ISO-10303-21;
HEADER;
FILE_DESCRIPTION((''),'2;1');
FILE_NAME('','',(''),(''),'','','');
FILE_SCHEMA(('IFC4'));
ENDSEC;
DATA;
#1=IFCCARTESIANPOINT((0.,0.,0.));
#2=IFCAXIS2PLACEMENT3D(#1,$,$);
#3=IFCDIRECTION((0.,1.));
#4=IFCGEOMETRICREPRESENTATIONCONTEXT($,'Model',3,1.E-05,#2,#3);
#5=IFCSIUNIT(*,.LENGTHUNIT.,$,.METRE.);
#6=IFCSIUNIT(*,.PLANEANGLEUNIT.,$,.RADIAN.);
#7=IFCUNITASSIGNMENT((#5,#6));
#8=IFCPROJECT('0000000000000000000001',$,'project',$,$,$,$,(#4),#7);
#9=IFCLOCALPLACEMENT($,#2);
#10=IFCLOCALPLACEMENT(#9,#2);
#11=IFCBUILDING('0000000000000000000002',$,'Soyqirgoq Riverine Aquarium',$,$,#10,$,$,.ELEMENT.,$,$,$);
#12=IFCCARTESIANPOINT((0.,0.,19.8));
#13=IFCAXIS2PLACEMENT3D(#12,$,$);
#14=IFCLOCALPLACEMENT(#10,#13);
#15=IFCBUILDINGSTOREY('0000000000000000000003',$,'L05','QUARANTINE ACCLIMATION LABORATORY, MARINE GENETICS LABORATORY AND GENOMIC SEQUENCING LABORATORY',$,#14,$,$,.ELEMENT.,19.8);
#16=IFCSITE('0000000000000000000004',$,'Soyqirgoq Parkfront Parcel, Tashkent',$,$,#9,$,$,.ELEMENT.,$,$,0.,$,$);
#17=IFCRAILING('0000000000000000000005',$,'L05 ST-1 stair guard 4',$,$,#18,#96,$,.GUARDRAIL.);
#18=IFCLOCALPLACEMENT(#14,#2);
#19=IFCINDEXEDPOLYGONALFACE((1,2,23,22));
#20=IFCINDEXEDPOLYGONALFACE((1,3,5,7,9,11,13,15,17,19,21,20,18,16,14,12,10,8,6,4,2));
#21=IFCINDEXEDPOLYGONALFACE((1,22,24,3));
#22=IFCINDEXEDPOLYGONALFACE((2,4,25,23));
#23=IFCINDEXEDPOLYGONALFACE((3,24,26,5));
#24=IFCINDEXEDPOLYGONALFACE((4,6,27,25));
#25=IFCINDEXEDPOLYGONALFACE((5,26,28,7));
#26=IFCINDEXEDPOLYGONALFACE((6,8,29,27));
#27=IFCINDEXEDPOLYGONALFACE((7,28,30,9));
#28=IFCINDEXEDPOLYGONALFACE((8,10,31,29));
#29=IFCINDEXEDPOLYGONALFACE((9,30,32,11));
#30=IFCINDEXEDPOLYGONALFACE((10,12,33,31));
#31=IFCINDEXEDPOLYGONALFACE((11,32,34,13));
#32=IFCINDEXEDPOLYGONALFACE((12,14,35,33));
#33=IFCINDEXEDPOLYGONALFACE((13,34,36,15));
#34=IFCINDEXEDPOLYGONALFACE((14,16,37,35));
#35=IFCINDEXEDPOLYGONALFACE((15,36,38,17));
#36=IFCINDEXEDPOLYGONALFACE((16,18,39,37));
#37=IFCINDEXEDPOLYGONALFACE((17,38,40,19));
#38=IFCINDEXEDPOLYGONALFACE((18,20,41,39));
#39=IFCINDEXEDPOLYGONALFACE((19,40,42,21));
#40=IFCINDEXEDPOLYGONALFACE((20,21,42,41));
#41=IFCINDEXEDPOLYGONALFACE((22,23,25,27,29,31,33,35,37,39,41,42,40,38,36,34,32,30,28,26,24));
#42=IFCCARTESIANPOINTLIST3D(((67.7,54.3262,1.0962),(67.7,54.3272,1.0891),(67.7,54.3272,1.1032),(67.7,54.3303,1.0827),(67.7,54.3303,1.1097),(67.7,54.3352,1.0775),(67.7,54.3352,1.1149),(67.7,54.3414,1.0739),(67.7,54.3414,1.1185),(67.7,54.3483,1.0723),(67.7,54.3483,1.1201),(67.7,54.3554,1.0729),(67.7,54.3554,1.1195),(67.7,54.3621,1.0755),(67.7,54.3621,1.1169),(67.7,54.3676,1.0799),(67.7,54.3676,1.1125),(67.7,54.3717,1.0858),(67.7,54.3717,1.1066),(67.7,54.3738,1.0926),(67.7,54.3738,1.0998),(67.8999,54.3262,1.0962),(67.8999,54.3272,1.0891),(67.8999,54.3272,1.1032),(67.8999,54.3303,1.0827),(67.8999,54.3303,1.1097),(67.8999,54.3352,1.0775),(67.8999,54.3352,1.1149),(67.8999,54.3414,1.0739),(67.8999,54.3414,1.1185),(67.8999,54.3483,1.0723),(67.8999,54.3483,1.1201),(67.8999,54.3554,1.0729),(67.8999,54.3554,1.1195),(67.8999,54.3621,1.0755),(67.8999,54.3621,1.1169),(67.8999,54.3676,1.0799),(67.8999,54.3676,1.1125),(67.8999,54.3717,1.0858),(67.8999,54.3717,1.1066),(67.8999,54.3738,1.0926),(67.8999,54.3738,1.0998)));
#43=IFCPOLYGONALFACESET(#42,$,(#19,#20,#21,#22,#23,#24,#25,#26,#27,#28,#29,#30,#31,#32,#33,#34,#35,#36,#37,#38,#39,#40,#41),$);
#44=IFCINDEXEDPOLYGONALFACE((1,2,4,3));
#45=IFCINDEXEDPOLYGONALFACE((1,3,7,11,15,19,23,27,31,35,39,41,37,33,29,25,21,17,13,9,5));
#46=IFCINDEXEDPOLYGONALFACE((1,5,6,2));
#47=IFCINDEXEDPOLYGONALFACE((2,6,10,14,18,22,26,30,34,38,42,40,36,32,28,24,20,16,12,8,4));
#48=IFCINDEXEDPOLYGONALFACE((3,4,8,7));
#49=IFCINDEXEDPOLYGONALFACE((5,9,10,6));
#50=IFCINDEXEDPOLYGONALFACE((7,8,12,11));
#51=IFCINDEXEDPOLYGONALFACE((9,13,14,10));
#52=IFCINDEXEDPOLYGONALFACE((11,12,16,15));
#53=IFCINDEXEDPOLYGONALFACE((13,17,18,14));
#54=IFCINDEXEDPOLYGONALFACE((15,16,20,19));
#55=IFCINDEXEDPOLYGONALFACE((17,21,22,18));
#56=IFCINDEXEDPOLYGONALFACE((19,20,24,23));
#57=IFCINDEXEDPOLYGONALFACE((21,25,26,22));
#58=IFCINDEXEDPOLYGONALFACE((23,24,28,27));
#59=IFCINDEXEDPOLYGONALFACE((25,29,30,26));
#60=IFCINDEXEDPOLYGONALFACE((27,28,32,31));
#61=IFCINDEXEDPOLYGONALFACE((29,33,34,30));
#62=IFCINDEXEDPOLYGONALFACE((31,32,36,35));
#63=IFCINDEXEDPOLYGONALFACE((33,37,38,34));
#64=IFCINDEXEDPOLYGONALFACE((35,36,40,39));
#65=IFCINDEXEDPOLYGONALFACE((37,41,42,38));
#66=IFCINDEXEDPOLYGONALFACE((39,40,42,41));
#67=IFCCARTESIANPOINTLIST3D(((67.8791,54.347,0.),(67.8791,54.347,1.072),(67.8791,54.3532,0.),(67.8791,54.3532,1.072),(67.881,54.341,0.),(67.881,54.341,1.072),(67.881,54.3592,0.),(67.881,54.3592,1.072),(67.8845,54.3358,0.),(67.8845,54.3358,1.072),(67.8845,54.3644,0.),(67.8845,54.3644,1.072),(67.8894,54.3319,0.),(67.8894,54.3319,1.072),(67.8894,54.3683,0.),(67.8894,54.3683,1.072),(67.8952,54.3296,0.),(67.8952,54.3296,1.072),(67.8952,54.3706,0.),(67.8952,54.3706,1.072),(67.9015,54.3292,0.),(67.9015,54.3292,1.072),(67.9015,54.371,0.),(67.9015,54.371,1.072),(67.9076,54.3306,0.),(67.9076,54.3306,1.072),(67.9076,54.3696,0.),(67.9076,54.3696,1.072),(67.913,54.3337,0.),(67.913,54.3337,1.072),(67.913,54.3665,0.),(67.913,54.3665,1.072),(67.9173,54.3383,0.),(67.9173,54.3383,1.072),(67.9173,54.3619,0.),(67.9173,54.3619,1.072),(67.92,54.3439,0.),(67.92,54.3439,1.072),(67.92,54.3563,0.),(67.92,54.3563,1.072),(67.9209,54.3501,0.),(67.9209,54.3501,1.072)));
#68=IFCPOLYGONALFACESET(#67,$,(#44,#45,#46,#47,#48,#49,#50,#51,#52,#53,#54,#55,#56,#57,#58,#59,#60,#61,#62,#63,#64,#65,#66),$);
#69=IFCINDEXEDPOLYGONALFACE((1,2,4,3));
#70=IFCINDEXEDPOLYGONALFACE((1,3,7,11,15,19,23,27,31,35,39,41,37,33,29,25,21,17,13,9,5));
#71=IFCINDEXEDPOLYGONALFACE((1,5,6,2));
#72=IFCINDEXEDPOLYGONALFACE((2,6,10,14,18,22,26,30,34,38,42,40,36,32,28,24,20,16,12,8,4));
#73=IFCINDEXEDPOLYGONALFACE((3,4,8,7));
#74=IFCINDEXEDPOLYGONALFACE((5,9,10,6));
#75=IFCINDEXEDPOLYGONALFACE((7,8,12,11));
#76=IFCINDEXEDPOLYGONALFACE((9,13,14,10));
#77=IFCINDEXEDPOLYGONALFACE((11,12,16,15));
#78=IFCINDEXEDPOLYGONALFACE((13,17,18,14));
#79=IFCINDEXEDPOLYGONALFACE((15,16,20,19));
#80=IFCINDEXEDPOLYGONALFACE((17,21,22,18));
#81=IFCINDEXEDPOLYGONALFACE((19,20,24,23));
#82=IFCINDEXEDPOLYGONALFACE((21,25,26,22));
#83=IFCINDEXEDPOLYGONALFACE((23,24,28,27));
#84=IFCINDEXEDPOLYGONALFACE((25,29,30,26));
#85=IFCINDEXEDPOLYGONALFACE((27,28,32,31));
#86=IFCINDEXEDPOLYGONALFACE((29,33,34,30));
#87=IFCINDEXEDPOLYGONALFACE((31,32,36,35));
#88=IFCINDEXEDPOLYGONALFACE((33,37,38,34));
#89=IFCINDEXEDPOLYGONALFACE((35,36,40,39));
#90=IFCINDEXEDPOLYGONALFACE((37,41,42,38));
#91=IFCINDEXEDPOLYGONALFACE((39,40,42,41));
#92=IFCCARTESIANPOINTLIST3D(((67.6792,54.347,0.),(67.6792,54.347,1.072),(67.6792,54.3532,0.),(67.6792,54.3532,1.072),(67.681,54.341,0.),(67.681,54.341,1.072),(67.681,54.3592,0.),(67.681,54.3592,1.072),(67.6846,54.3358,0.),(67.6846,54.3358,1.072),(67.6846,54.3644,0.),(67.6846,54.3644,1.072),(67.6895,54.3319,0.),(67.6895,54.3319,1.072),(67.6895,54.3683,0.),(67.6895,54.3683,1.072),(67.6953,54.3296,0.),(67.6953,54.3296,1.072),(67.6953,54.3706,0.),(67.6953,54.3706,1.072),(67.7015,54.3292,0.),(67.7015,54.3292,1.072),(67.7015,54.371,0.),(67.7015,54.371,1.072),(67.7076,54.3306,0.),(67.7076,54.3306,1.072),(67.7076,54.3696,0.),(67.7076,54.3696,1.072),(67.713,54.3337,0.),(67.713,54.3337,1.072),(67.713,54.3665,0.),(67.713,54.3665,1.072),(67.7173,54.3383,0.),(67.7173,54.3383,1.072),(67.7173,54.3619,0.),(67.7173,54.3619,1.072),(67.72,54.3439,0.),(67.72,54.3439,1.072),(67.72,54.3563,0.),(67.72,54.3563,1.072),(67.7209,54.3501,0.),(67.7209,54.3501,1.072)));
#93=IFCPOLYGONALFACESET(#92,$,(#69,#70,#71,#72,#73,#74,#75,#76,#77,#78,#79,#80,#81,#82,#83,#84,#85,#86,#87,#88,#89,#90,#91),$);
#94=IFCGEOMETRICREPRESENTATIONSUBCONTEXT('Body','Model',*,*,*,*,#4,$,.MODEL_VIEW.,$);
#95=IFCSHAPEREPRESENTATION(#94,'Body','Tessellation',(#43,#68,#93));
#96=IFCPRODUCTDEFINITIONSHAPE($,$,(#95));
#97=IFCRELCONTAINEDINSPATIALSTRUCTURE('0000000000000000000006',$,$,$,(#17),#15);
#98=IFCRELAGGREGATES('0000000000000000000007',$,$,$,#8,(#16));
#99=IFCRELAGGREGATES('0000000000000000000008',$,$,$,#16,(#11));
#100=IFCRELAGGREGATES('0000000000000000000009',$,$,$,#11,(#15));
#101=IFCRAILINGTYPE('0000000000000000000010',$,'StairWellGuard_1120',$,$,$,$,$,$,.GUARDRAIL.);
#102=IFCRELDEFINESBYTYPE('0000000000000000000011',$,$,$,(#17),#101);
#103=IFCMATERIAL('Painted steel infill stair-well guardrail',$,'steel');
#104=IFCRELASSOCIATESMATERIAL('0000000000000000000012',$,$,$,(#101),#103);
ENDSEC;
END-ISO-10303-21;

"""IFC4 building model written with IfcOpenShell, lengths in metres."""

from ifc_helpers import new_model, si_unit, direction, frame, origin, origin_2d, place, context, subcontext, project, spatial, circle, extrude, material, type_object, element, save


model = new_model("IFC4")

# Units and contexts
model_context = context("Model", 3, precision=1e-05, world=origin(), true_north=direction((0.0, 1.0)))
body_context = subcontext(model_context, "Body", "Model", "MODEL_VIEW")
ifc_project = project(units=[si_unit("LENGTHUNIT", "METRE"), si_unit("PLANEANGLEUNIT", "RADIAN")], contexts=[model_context])

# Site, building, storey
site_placement = place(None, origin())
site = spatial("IfcSite", under=ifc_project, at=site_placement, Name="Soyqirgoq Parkfront Parcel, Tashkent", CompositionType="ELEMENT", RefElevation=0.0)
building_placement = place(site_placement, origin())
building = spatial("IfcBuilding", under=site, at=building_placement, Name="Soyqirgoq Riverine Aquarium", CompositionType="ELEMENT")
storey_placement = place(building_placement, frame((0.0, 0.0, 19.8)))
storey = spatial("IfcBuildingStorey", under=building, at=storey_placement, Name="L05", Description="QUARANTINE ACCLIMATION LABORATORY, MARINE GENETICS LABORATORY AND GENOMIC SEQUENCING LABORATORY", CompositionType="ELEMENT", Elevation=19.8)

# Railing
ifc_material_1 = material(Name="Painted steel infill stair-well guardrail", Category="steel")
railing_type_1 = type_object("IfcRailingType", Name="StairWellGuard_1120", PredefinedType="GUARDRAIL", material=ifc_material_1)
railing_1_placement = place(storey_placement, frame((67.8999, 54.3501, 0.0)))
element("IfcRailing", 1, at=railing_1_placement, inside=storey, type_object=railing_type_1, Name="L05 ST-1 stair guard 4", PredefinedType="GUARDRAIL", context=body_context, shape_type="SweptSolid", body=[
    extrude(circle(Radius=0.0239, at=origin_2d()), frame((0.0, 0.0, 1.0962), z_axis=(-1.0, 0.0, 0.0), x_axis=(0.0, -1.0, 0.0)), (0.0, 0.0, 1.0), 0.2),
    extrude(circle(Radius=0.021, at=origin_2d()), origin(), (0.0, 0.0, 1.0), 1.072),
    extrude(circle(Radius=0.021, at=origin_2d()), frame((-0.2, 0.0, 0.0)), (0.0, 0.0, 1.0), 1.072),
])

save(model, "model.ifc")
